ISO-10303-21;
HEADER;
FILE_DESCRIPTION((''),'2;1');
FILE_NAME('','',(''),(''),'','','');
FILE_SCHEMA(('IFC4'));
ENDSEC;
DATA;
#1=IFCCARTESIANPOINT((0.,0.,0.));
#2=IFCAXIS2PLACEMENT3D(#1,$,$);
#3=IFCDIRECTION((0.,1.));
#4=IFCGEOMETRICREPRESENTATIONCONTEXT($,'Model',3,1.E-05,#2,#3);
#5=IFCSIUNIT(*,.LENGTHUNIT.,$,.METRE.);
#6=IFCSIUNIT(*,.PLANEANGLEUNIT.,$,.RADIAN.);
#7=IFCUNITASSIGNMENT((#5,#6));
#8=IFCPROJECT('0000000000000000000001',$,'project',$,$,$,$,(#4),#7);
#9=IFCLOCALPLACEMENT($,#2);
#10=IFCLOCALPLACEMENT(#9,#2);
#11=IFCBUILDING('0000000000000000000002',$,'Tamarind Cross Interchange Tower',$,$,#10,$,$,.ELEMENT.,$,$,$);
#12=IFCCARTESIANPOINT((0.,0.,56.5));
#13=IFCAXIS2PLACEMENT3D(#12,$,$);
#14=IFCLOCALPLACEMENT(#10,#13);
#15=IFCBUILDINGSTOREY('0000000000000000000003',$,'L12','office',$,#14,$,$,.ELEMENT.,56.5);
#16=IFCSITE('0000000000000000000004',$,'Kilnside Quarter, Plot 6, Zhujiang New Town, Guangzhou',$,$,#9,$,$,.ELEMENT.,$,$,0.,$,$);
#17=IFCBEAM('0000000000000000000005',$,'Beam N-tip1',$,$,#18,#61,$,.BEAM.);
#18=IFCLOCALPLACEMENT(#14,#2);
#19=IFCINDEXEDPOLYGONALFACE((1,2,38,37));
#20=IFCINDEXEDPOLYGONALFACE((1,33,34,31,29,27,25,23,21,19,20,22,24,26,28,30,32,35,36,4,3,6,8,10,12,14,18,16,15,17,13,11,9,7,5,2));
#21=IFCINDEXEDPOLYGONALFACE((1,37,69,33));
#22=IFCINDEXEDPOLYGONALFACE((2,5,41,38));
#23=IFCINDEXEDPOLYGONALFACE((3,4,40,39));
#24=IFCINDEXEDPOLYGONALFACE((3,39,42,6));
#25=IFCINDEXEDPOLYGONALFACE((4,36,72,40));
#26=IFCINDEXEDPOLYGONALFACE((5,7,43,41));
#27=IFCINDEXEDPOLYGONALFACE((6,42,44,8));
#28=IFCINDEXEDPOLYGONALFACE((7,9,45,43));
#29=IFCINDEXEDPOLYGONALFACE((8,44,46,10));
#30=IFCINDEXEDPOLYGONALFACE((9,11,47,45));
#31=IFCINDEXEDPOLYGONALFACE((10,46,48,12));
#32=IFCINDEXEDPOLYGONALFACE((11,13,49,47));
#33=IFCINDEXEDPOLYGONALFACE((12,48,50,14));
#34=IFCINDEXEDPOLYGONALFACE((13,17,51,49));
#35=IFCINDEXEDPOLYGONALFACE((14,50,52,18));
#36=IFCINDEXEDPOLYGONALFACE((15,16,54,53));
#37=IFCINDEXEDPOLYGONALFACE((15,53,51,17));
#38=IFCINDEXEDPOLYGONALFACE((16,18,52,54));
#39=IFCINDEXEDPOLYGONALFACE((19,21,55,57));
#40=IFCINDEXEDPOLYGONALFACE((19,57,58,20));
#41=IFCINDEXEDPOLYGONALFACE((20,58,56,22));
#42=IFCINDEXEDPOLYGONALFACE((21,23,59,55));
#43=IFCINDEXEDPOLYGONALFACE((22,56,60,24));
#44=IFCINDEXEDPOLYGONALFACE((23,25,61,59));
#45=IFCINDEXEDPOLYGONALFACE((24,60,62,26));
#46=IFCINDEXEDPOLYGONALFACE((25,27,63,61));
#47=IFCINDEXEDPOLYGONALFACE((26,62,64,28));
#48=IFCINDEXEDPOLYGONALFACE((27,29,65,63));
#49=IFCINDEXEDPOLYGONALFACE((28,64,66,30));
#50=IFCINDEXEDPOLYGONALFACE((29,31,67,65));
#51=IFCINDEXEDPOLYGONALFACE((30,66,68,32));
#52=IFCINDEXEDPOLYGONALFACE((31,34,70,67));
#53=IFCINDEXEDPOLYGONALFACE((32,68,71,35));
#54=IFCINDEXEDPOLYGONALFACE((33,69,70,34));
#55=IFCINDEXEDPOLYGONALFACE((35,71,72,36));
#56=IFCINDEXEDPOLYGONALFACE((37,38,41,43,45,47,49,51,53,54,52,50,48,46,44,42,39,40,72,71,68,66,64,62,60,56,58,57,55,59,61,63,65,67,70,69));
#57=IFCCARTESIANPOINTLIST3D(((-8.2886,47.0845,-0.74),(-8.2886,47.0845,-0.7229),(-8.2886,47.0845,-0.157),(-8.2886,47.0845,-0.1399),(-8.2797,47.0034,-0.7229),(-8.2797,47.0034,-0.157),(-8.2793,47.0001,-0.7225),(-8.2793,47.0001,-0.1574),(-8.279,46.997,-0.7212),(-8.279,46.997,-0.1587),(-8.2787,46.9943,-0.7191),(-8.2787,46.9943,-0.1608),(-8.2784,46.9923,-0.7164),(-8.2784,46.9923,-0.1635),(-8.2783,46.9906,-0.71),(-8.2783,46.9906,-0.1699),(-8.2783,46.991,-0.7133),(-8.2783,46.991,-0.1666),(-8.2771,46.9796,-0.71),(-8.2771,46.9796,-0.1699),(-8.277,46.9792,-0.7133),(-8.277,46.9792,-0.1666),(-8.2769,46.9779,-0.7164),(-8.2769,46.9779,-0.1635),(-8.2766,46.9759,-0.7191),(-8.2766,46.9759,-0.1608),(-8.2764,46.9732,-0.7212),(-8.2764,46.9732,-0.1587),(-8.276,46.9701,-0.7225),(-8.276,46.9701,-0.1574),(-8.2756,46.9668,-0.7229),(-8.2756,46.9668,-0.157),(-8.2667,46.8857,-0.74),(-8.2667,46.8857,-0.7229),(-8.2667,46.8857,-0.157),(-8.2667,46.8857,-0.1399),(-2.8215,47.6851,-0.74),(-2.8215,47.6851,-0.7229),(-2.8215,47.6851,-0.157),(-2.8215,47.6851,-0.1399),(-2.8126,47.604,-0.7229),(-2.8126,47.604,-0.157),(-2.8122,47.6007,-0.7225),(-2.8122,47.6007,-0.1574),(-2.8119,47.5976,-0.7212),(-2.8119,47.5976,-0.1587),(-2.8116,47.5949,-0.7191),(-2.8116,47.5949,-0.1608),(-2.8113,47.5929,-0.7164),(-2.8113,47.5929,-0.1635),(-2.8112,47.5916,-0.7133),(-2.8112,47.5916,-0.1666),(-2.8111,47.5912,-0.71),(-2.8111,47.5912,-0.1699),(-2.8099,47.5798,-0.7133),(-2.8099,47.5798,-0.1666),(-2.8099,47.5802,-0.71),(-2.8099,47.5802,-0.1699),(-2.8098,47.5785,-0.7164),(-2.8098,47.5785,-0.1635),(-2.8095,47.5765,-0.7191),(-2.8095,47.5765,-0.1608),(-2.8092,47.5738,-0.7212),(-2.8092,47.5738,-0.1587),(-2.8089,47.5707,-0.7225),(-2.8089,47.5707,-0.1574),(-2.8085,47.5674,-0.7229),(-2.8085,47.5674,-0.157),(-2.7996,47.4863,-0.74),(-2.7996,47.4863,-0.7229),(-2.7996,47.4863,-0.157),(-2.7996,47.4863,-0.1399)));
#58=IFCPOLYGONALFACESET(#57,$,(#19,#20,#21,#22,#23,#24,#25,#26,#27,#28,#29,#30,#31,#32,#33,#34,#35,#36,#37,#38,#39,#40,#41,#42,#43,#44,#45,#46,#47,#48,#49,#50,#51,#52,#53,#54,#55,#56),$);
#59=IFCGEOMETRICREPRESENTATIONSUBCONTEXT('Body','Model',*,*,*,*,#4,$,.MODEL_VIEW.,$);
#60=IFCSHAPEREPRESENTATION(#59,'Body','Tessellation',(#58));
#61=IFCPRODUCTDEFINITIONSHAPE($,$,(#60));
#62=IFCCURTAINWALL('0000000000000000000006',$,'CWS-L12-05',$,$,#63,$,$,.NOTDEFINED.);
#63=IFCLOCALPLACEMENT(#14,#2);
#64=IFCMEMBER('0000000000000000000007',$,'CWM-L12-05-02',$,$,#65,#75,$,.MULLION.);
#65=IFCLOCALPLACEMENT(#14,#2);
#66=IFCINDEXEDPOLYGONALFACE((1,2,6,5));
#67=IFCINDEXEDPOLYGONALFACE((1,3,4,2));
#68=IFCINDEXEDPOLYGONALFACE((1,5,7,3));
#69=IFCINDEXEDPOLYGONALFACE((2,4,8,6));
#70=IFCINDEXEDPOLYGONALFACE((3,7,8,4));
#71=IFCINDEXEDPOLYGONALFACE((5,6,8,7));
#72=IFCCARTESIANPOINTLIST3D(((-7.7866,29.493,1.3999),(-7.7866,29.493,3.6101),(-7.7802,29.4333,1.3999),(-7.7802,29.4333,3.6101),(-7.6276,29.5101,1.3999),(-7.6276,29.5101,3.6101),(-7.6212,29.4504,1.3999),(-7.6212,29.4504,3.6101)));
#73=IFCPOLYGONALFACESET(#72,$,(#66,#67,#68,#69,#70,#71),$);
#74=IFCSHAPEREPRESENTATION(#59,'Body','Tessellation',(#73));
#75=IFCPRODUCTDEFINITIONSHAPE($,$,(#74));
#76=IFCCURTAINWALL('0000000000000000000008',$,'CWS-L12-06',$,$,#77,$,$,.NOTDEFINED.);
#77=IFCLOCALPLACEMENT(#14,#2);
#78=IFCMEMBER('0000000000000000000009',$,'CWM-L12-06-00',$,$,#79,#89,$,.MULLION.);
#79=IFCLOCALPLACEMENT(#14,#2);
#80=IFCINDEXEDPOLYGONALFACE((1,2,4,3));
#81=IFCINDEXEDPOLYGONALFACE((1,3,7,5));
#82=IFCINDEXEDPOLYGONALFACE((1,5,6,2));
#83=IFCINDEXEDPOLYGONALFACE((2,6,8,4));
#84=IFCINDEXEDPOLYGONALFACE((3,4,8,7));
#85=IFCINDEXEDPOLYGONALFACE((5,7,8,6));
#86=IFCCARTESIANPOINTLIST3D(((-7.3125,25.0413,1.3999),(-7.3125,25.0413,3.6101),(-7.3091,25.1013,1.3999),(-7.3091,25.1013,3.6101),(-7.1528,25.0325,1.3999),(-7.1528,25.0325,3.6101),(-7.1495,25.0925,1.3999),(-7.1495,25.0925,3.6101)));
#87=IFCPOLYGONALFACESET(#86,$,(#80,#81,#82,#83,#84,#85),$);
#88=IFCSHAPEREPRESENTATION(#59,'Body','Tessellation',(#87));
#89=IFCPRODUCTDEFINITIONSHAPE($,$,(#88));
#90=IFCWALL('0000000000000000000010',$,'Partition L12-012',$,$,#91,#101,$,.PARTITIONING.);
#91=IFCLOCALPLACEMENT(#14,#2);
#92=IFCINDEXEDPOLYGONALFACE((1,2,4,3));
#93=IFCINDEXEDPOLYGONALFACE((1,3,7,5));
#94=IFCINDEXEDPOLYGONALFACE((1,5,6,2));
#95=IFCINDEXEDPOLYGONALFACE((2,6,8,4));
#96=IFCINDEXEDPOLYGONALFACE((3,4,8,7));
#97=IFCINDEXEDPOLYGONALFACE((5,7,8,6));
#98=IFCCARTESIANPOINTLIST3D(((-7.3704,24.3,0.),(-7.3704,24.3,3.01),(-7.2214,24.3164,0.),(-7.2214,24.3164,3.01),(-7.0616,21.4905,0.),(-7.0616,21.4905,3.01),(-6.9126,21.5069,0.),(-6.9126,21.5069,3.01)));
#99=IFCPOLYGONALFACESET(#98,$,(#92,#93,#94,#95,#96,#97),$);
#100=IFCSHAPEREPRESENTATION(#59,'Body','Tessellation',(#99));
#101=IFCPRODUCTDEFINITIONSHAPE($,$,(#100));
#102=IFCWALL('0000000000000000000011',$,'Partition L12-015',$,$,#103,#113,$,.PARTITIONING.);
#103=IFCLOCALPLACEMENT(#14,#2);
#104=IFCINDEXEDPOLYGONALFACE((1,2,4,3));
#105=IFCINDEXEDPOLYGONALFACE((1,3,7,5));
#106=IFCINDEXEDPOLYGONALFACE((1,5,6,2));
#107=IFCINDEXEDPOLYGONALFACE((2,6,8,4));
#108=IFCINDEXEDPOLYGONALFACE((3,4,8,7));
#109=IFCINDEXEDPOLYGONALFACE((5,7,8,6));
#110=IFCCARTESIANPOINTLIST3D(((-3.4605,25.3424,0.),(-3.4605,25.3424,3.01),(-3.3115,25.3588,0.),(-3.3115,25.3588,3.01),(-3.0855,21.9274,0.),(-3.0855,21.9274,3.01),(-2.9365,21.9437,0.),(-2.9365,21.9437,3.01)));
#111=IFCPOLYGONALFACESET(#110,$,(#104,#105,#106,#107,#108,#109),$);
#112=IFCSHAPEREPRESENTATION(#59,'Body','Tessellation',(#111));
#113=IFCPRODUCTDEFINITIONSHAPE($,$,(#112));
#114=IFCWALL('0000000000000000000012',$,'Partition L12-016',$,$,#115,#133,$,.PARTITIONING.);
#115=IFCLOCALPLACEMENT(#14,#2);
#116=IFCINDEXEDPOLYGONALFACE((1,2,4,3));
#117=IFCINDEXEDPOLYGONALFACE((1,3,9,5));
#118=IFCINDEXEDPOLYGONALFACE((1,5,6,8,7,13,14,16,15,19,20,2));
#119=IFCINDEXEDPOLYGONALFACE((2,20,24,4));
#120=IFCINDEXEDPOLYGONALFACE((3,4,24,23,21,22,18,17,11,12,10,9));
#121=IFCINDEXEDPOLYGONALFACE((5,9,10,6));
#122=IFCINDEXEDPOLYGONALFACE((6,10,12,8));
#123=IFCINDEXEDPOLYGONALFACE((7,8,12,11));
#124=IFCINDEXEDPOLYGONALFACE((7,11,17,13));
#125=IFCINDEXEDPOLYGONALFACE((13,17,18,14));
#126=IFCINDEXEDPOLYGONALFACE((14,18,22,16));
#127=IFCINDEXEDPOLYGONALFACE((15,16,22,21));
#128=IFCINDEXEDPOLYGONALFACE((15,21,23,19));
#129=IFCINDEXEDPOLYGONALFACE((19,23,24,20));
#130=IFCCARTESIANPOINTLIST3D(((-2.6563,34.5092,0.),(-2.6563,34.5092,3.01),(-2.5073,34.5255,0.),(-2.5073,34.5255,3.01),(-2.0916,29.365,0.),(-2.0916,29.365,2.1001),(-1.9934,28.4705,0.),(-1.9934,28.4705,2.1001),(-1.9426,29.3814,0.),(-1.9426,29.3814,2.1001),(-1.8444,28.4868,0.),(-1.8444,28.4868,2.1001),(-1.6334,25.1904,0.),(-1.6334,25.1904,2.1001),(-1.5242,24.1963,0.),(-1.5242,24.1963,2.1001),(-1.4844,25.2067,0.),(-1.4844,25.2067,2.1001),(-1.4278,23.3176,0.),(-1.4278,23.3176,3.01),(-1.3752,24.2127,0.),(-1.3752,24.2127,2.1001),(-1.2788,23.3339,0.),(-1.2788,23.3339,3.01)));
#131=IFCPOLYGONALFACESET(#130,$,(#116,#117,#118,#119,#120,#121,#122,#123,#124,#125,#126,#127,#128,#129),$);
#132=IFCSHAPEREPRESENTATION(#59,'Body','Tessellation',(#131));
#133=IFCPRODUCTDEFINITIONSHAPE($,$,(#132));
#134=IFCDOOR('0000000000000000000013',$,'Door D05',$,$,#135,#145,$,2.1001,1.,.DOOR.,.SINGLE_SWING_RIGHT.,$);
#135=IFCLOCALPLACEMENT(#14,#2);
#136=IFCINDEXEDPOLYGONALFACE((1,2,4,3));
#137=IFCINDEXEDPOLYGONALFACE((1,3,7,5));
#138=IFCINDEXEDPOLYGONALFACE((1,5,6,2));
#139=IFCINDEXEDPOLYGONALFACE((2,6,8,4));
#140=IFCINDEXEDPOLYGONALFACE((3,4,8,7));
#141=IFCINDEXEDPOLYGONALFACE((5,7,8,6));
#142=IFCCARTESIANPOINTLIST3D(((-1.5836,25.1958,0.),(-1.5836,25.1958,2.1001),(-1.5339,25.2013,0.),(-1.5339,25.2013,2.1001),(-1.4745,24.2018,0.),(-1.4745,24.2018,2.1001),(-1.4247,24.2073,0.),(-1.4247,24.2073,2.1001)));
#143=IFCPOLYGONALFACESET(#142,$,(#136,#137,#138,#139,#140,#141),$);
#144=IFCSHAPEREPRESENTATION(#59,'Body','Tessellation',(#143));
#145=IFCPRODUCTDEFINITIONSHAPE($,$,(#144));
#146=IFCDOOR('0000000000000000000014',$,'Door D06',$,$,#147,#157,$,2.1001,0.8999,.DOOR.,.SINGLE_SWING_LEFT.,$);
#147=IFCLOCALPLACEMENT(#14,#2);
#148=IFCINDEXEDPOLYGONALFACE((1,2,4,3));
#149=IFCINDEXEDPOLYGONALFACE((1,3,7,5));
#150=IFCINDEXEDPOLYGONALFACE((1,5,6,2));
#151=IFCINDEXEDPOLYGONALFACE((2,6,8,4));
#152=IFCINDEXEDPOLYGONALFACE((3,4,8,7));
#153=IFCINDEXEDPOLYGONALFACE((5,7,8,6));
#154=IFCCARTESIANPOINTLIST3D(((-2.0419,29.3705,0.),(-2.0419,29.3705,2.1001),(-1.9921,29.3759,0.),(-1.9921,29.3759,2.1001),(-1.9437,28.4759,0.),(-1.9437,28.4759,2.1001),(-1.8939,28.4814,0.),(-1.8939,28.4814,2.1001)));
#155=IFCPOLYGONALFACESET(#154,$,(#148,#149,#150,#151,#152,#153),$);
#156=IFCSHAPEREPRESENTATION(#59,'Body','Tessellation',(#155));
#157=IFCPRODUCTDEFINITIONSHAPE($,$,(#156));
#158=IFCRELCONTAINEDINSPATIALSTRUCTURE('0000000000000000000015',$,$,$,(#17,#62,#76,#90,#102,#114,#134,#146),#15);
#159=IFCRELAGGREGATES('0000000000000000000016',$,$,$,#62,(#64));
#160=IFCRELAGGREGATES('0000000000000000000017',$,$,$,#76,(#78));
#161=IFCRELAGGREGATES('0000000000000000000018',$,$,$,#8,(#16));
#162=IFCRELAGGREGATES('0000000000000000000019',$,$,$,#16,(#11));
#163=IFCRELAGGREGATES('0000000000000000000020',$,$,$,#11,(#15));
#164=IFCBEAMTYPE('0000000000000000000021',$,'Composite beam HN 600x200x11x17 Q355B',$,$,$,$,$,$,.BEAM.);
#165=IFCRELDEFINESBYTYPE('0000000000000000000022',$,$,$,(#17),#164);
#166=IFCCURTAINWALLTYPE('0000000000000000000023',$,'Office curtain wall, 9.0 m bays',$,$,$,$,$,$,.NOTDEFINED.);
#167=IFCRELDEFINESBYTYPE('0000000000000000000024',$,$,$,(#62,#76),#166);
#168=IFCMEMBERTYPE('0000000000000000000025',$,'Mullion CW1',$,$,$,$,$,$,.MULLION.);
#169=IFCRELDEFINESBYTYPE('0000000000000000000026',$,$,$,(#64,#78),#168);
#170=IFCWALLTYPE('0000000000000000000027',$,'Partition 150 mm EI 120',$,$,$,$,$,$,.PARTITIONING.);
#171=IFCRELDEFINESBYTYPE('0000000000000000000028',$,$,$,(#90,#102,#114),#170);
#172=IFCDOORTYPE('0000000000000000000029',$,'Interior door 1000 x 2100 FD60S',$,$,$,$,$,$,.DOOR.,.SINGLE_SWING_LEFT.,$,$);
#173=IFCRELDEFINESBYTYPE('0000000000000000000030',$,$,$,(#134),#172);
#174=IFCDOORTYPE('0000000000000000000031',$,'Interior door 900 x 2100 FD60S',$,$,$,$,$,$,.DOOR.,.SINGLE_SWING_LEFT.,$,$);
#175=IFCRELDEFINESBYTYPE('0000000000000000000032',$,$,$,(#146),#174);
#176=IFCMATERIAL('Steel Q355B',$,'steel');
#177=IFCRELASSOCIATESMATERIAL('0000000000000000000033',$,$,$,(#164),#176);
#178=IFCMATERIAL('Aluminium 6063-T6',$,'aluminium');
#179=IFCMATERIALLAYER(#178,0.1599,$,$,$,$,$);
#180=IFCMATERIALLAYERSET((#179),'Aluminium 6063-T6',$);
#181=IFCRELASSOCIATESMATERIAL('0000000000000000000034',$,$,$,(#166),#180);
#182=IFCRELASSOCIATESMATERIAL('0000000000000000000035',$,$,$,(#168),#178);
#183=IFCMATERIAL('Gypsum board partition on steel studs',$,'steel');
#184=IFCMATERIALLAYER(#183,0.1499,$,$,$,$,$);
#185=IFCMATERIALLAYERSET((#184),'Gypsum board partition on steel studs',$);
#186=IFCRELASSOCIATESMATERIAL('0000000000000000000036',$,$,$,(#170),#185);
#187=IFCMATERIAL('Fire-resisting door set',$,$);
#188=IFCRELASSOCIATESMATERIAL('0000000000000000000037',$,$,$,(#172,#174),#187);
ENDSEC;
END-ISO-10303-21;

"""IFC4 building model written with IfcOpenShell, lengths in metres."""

from ifc_helpers import new_model, si_unit, direction, frame, frame_2d, origin, origin_2d, place, context, subcontext, project, spatial, rectangle, i_section, extrude, material, layer, layer_set, material_profile, profile_set, type_object, element, fill, aggregate, save


model = new_model("IFC4")

# Units and contexts
model_context = context("Model", 3, precision=1e-05, world=origin(), true_north=direction((0.0, 1.0)))
body_context = subcontext(model_context, "Body", "Model", "MODEL_VIEW")
ifc_project = project(units=[si_unit("LENGTHUNIT", "METRE"), si_unit("PLANEANGLEUNIT", "RADIAN")], contexts=[model_context])

# Site, building, storey
site_placement = place(None, origin())
site = spatial("IfcSite", under=ifc_project, at=site_placement, Name="Kilnside Quarter, Plot 6, Zhujiang New Town, Guangzhou", CompositionType="ELEMENT", RefElevation=0.0)
building_placement = place(site_placement, origin())
building = spatial("IfcBuilding", under=site, at=building_placement, Name="Tamarind Cross Interchange Tower", CompositionType="ELEMENT")
storey_placement = place(building_placement, frame((0.0, 0.0, 56.5)))
storey = spatial("IfcBuildingStorey", under=building, at=storey_placement, Name="L12", Description="office", CompositionType="ELEMENT", Elevation=56.5)

# Beam
ifc_material_1 = material(Name="Steel Q355B", Category="steel")
ifc_material_profile_1 = material_profile(ifc_material_1, i_section(OverallWidth=0.2, OverallDepth=0.6001, WebThickness=0.011, FlangeThickness=0.0171, FilletRadius=0.0129, at=origin_2d()), Name="HN 600x200x11x17")
ifc_profile_set_1 = profile_set([ifc_material_profile_1], Name="Steel Q355B")
beam_type_1 = type_object("IfcBeamType", Name="Composite beam HN 600x200x11x17 Q355B", PredefinedType="BEAM", material=ifc_profile_set_1)
beam_1_placement = place(storey_placement, frame((-2.8105, 47.5857, -0.4399), z_axis=(-0.99402, -0.109199, 0.0), x_axis=(0.109199, -0.99402, 0.0)))
element("IfcBeam", 1, at=beam_1_placement, inside=storey, type_object=beam_type_1, Name="Beam N-tip1", PredefinedType="BEAM", context=body_context, shape_type="SweptSolid", body=[
    extrude(i_section(OverallWidth=0.2, OverallDepth=0.6001, WebThickness=0.011, FlangeThickness=0.0171, FilletRadius=0.0129, at=origin_2d()), origin(), (0.0, 0.0, 1.0), 5.5),
])

# Curtain walls, members
ifc_material_2 = material(Name="Aluminium 6063-T6", Category="aluminium")
ifc_layer_1 = layer(ifc_material_2, 0.1599)
ifc_layer_set_1 = layer_set([ifc_layer_1], Name="Aluminium 6063-T6")
curtain_wall_type = type_object("IfcCurtainWallType", Name="Office curtain wall, 9.0 m bays", PredefinedType="NOTDEFINED", material=ifc_layer_set_1)
curtain_wall_1_placement = place(storey_placement, origin())
curtain_wall_1 = element("IfcCurtainWall", 2, at=curtain_wall_1_placement, inside=storey, type_object=curtain_wall_type, Name="CWS-L12-05", PredefinedType="NOTDEFINED")
ifc_material_profile_2 = material_profile(ifc_material_2, rectangle(XDim=0.0601, YDim=0.1599, at=origin_2d()), Name="Mullion CW1")
ifc_profile_set_2 = profile_set([ifc_material_profile_2], Name="Aluminium 6063-T6")
member_type = type_object("IfcMemberType", Name="Mullion CW1", PredefinedType="MULLION", material=ifc_profile_set_2)
member_1_placement = place(storey_placement, frame((-7.7039, 29.4717, 1.3999), z_axis=(0.0, 0.0, 1.0), x_axis=(0.106744, -0.994287, 0.0)))
member_1 = element("IfcMember", 3, at=member_1_placement, type_object=member_type, Name="CWM-L12-05-02", PredefinedType="MULLION", context=body_context, shape_type="SweptSolid", body=[
    extrude(rectangle(XDim=0.0601, YDim=0.1599, at=origin_2d()), origin(), (0.0, 0.0, 1.0), 2.2102),
])
aggregate(curtain_wall_1, [member_1])
curtain_wall_2_placement = place(storey_placement, origin())
curtain_wall_2 = element("IfcCurtainWall", 4, at=curtain_wall_2_placement, inside=storey, type_object=curtain_wall_type, Name="CWS-L12-06", PredefinedType="NOTDEFINED")
member_2_placement = place(storey_placement, frame((-7.231, 25.0669, 1.3999), z_axis=(0.0, 0.0, 1.0), x_axis=(-0.055315, -0.998469, 0.0)))
member_2 = element("IfcMember", 5, at=member_2_placement, type_object=member_type, Name="CWM-L12-06-00", PredefinedType="MULLION", context=body_context, shape_type="SweptSolid", body=[
    extrude(rectangle(XDim=0.0601, YDim=0.1599, at=origin_2d()), origin(), (0.0, 0.0, 1.0), 2.2102),
])
aggregate(curtain_wall_2, [member_2])

# Walls
ifc_material_3 = material(Name="Gypsum board partition on steel studs", Category="steel")
ifc_layer_2 = layer(ifc_material_3, 0.1499)
ifc_layer_set_2 = layer_set([ifc_layer_2], Name="Gypsum board partition on steel studs")
wall_type_1 = type_object("IfcWallType", Name="Partition 150 mm EI 120", PredefinedType="PARTITIONING", material=ifc_layer_set_2)
wall_1_placement = place(storey_placement, frame((-7.2959, 24.3081, 0.0), z_axis=(0.0, 0.0, 1.0), x_axis=(0.109265, -0.994013, 0.0)))
element("IfcWall", 6, at=wall_1_placement, inside=storey, type_object=wall_type_1, Name="Partition L12-012", PredefinedType="PARTITIONING", context=body_context, shape_type="SweptSolid", body=[
    extrude(rectangle(XDim=2.8264, YDim=0.1499, at=frame_2d((1.4131, 0.0))), origin(), (0.0, 0.0, 1.0), 3.01),
])
wall_2_placement = place(storey_placement, frame((-3.386, 25.3506, 0.0), z_axis=(0.0, 0.0, 1.0), x_axis=(0.109152, -0.994025, 0.0)))
element("IfcWall", 7, at=wall_2_placement, inside=storey, type_object=wall_type_1, Name="Partition L12-015", PredefinedType="PARTITIONING", context=body_context, shape_type="SweptSolid", body=[
    extrude(rectangle(XDim=3.4355, YDim=0.1499, at=frame_2d((1.7178, 0.0))), origin(), (0.0, 0.0, 1.0), 3.01),
])

# Wall, openings, doors
wall_3_placement = place(storey_placement, frame((-2.5818, 34.5173, 0.0), z_axis=(0.0, 0.0, 1.0), x_axis=(0.109115, -0.994029, 0.0)))
wall_3 = element("IfcWall", 8, at=wall_3_placement, inside=storey, type_object=wall_type_1, Name="Partition L12-016", PredefinedType="PARTITIONING", context=body_context, shape_type="SweptSolid", body=[
    extrude(rectangle(XDim=11.2588, YDim=0.1499, at=frame_2d((5.6294, 0.0))), origin(), (0.0, 0.0, 1.0), 3.01),
])
opening_1_placement = place(wall_3_placement, frame((9.3748, 0.0, 0.0)))
opening_1 = element("IfcOpeningElement", 9, at=opening_1_placement, cuts=wall_3, PredefinedType="OPENING", context=body_context, shape_type="SweptSolid", body=[
    extrude(rectangle(XDim=1.0, YDim=2.1001, at=frame_2d((0.5, 1.05))), frame((0.0, 0.085, 0.0), z_axis=(0.0, -1.0, 0.0), x_axis=(1.0, 0.0, 0.0)), (0.0, 0.0, 1.0), 0.1699),
])
opening_2_placement = place(wall_3_placement, frame((5.175, 0.0, 0.0)))
opening_2 = element("IfcOpeningElement", 10, at=opening_2_placement, cuts=wall_3, PredefinedType="OPENING", context=body_context, shape_type="SweptSolid", body=[
    extrude(rectangle(XDim=0.8999, YDim=2.1001, at=frame_2d((0.45, 1.05))), frame((0.0, 0.085, 0.0), z_axis=(0.0, -1.0, 0.0), x_axis=(1.0, 0.0, 0.0)), (0.0, 0.0, 1.0), 0.1699),
])
ifc_material_4 = material(Name="Fire-resisting door set")
door_type_1 = type_object("IfcDoorType", Name="Interior door 1000 x 2100 FD60S", OperationType="SINGLE_SWING_LEFT", PredefinedType="DOOR", material=ifc_material_4)
door_1_placement = place(opening_1_placement, frame((1.0, 0.0, 0.0), z_axis=(0.0, 0.0, 1.0), x_axis=(-1.0, 0.0, 0.0)))
door_1 = element("IfcDoor", 11, at=door_1_placement, inside=storey, type_object=door_type_1, Name="Door D05", OperationType="SINGLE_SWING_RIGHT", OverallHeight=2.1001, OverallWidth=1.0, PredefinedType="DOOR", context=body_context, shape_type="SweptSolid", body=[
    extrude(rectangle(XDim=1.0, YDim=2.1001, at=frame_2d((0.5, 1.05))), frame((0.0, 0.0249, 0.0), z_axis=(0.0, -1.0, 0.0), x_axis=(1.0, 0.0, 0.0)), (0.0, 0.0, 1.0), 0.05),
])
fill(opening_1, door_1)
door_type_2 = type_object("IfcDoorType", Name="Interior door 900 x 2100 FD60S", OperationType="SINGLE_SWING_LEFT", PredefinedType="DOOR", material=ifc_material_4)
door_2_placement = place(opening_2_placement, frame((0.8999, 0.0, 0.0), z_axis=(0.0, 0.0, 1.0), x_axis=(-1.0, 0.0, 0.0)))
door_2 = element("IfcDoor", 12, at=door_2_placement, inside=storey, type_object=door_type_2, Name="Door D06", OperationType="SINGLE_SWING_LEFT", OverallHeight=2.1001, OverallWidth=0.8999, PredefinedType="DOOR", context=body_context, shape_type="SweptSolid", body=[
    extrude(rectangle(XDim=0.8999, YDim=2.1001, at=frame_2d((0.45, 1.05))), frame((0.0, 0.0249, 0.0), z_axis=(0.0, -1.0, 0.0), x_axis=(1.0, 0.0, 0.0)), (0.0, 0.0, 1.0), 0.05),
])
fill(opening_2, door_2)

save(model, "model.ifc")
